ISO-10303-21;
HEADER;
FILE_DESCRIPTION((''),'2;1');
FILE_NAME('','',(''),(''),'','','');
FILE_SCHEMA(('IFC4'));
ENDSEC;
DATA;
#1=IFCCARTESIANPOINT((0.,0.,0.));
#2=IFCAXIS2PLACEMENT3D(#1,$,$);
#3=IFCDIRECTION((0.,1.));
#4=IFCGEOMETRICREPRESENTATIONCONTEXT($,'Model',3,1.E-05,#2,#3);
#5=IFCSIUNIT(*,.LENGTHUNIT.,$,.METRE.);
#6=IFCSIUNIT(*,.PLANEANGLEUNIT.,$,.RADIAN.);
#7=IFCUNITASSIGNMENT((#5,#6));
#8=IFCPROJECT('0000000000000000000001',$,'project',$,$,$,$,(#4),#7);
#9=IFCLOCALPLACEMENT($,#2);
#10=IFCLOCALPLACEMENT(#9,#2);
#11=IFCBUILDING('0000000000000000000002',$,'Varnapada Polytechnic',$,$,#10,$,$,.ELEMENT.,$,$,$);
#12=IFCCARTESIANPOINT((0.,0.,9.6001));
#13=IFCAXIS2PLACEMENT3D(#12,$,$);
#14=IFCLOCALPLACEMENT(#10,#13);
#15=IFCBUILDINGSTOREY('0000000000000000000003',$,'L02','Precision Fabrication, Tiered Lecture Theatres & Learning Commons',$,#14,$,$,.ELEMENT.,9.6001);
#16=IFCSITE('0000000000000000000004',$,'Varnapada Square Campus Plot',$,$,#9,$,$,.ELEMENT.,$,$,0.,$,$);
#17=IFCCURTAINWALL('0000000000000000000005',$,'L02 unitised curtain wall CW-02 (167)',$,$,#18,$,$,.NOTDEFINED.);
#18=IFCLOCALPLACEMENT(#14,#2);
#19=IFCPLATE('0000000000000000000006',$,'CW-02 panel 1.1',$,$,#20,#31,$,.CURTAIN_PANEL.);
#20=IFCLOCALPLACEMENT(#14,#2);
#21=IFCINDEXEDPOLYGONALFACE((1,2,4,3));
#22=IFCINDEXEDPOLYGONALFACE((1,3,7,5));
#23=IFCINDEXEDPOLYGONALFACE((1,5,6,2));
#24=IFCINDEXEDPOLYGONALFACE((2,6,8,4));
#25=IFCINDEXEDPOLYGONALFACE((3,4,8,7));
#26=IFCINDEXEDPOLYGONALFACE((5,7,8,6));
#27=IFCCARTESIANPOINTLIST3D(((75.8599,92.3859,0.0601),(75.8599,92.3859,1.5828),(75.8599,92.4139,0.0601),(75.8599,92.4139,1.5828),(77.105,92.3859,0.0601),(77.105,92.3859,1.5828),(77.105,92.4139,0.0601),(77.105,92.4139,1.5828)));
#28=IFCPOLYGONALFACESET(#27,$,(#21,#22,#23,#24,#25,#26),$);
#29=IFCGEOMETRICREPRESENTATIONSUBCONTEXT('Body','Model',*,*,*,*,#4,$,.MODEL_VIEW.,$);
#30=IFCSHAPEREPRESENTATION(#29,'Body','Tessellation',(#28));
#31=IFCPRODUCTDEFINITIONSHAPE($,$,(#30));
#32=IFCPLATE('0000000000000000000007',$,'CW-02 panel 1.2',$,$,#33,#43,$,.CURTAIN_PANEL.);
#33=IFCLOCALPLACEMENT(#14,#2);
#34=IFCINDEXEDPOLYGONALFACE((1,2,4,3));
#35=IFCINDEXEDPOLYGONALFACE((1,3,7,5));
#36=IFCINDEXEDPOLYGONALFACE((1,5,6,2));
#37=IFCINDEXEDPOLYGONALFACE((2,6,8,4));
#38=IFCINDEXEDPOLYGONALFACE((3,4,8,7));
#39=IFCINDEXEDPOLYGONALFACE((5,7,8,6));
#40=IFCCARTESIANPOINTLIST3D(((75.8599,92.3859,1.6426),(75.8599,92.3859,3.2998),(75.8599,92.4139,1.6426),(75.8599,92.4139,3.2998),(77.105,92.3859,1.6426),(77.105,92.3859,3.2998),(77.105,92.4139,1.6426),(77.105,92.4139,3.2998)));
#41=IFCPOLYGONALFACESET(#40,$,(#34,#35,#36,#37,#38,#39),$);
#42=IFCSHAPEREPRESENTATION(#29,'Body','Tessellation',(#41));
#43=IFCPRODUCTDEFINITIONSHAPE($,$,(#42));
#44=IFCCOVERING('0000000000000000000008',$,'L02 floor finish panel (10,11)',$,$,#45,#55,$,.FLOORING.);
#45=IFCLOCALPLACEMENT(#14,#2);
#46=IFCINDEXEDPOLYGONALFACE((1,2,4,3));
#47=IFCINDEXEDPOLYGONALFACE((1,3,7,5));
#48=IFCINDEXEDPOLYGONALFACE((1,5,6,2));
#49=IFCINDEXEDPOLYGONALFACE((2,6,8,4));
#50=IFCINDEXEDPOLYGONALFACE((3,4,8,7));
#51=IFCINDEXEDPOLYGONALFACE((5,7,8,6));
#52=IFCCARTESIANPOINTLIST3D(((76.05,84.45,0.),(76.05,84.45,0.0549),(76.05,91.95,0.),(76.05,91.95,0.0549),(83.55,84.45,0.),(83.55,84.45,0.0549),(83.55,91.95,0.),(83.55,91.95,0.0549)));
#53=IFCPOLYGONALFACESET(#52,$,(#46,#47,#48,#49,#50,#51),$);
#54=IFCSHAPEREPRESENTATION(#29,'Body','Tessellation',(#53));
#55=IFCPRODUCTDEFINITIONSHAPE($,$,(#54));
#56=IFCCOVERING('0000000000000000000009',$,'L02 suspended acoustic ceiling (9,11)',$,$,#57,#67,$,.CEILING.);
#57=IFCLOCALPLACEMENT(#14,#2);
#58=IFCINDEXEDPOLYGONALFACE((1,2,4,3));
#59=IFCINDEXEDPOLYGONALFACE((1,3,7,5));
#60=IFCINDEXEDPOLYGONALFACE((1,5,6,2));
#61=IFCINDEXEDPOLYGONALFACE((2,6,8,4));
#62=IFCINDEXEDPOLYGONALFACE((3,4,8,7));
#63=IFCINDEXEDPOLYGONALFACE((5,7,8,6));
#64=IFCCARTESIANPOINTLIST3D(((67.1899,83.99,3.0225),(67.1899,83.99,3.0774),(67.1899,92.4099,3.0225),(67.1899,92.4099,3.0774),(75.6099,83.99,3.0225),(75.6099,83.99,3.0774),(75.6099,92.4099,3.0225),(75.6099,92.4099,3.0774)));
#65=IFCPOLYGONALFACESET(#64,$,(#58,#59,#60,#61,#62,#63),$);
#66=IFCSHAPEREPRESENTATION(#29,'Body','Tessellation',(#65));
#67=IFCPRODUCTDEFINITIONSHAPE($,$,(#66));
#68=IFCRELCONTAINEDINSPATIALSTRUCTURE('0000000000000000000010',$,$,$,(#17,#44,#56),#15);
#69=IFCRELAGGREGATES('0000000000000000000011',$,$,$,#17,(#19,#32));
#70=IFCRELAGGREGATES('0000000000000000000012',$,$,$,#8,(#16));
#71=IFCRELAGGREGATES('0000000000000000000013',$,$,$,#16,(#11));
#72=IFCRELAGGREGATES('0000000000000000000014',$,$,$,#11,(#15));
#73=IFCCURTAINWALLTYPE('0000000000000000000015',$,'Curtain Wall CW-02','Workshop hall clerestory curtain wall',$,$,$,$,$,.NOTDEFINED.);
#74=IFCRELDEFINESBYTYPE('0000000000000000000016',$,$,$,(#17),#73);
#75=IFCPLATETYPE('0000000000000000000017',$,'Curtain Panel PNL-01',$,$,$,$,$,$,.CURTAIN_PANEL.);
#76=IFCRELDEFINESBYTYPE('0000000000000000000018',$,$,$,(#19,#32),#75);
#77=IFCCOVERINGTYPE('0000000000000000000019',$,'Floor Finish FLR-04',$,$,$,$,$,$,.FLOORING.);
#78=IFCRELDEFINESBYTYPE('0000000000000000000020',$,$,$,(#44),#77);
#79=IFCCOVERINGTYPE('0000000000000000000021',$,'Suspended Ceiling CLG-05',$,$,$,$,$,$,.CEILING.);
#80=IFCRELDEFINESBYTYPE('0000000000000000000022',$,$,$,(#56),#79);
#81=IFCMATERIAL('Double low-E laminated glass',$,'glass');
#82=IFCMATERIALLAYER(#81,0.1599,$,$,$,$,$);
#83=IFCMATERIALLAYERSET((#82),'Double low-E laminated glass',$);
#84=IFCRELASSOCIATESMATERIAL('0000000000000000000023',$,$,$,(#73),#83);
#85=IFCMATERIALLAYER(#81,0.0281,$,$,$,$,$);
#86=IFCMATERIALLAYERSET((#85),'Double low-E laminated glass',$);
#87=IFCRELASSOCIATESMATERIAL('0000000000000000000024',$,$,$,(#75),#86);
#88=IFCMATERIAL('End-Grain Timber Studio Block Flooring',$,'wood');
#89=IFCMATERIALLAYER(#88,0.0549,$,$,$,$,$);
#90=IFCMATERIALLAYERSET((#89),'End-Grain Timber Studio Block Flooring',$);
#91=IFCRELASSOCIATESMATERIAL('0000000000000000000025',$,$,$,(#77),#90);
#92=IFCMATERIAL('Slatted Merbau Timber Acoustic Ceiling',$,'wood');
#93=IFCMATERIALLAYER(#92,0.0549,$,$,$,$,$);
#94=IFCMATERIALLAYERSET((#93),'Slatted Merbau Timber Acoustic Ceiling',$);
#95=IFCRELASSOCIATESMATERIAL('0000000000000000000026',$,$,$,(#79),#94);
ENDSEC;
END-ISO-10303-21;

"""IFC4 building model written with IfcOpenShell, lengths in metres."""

from ifc_helpers import new_model, si_unit, direction, frame, origin, origin_2d, place, context, subcontext, project, spatial, rectangle, extrude, material, layer, layer_set, type_object, element, aggregate, save


model = new_model("IFC4")

# Units and contexts
model_context = context("Model", 3, precision=1e-05, world=origin(), true_north=direction((0.0, 1.0)))
body_context = subcontext(model_context, "Body", "Model", "MODEL_VIEW")
ifc_project = project(units=[si_unit("LENGTHUNIT", "METRE"), si_unit("PLANEANGLEUNIT", "RADIAN")], contexts=[model_context])

# Site, building, storey
site_placement = place(None, origin())
site = spatial("IfcSite", under=ifc_project, at=site_placement, Name="Varnapada Square Campus Plot", CompositionType="ELEMENT", RefElevation=0.0)
building_placement = place(site_placement, origin())
building = spatial("IfcBuilding", under=site, at=building_placement, Name="Varnapada Polytechnic", CompositionType="ELEMENT")
storey_placement = place(building_placement, frame((0.0, 0.0, 9.6001)))
storey = spatial("IfcBuildingStorey", under=building, at=storey_placement, Name="L02", Description="Precision Fabrication, Tiered Lecture Theatres & Learning Commons", CompositionType="ELEMENT", Elevation=9.6001)

# Curtain wall
ifc_material_1 = material(Name="Double low-E laminated glass", Category="glass")
ifc_layer_1 = layer(ifc_material_1, 0.1599)
ifc_layer_set_1 = layer_set([ifc_layer_1], Name="Double low-E laminated glass")
curtain_wall_type_1 = type_object("IfcCurtainWallType", Name="Curtain Wall CW-02", Description="Workshop hall clerestory curtain wall", PredefinedType="NOTDEFINED", material=ifc_layer_set_1)
curtain_wall_1_placement = place(storey_placement, origin())
curtain_wall_1 = element("IfcCurtainWall", 1, at=curtain_wall_1_placement, inside=storey, type_object=curtain_wall_type_1, Name="L02 unitised curtain wall CW-02 (167)", PredefinedType="NOTDEFINED")

# Plates
ifc_layer_2 = layer(ifc_material_1, 0.0281)
ifc_layer_set_2 = layer_set([ifc_layer_2], Name="Double low-E laminated glass")
plate_type = type_object("IfcPlateType", Name="Curtain Panel PNL-01", PredefinedType="CURTAIN_PANEL", material=ifc_layer_set_2)
plate_1_placement = place(storey_placement, frame((76.4824, 92.3999, 0.0601), z_axis=(0.0, 0.0, 1.0), x_axis=(1.0, 0.0, 0.0)))
plate_1 = element("IfcPlate", 2, at=plate_1_placement, type_object=plate_type, Name="CW-02 panel 1.1", PredefinedType="CURTAIN_PANEL", context=body_context, shape_type="SweptSolid", body=[
    extrude(rectangle(XDim=1.2451, YDim=0.0281, at=origin_2d()), origin(), (0.0, 0.0, 1.0), 1.5227),
])
plate_2_placement = place(storey_placement, frame((76.4824, 92.3999, 1.6426), z_axis=(0.0, 0.0, 1.0), x_axis=(1.0, 0.0, 0.0)))
plate_2 = element("IfcPlate", 3, at=plate_2_placement, type_object=plate_type, Name="CW-02 panel 1.2", PredefinedType="CURTAIN_PANEL", context=body_context, shape_type="SweptSolid", body=[
    extrude(rectangle(XDim=1.2451, YDim=0.0281, at=origin_2d()), origin(), (0.0, 0.0, 1.0), 1.6572),
])
aggregate(curtain_wall_1, [plate_1, plate_2])

# Coverings
ifc_material_2 = material(Name="End-Grain Timber Studio Block Flooring", Category="wood")
ifc_layer_3 = layer(ifc_material_2, 0.0549)
ifc_layer_set_3 = layer_set([ifc_layer_3], Name="End-Grain Timber Studio Block Flooring")
covering_type_1 = type_object("IfcCoveringType", Name="Floor Finish FLR-04", PredefinedType="FLOORING", material=ifc_layer_set_3)
covering_1_placement = place(storey_placement, frame((79.8, 88.2, 0.0), z_axis=(0.0, 0.0, 1.0), x_axis=(1.0, 0.0, 0.0)))
element("IfcCovering", 4, at=covering_1_placement, inside=storey, type_object=covering_type_1, Name="L02 floor finish panel (10,11)", PredefinedType="FLOORING", context=body_context, shape_type="SweptSolid", body=[
    extrude(rectangle(XDim=7.5, YDim=7.5, at=origin_2d()), origin(), (0.0, 0.0, 1.0), 0.0549),
])
ifc_material_3 = material(Name="Slatted Merbau Timber Acoustic Ceiling", Category="wood")
ifc_layer_4 = layer(ifc_material_3, 0.0549)
ifc_layer_set_4 = layer_set([ifc_layer_4], Name="Slatted Merbau Timber Acoustic Ceiling")
covering_type_2 = type_object("IfcCoveringType", Name="Suspended Ceiling CLG-05", PredefinedType="CEILING", material=ifc_layer_set_4)
covering_2_placement = place(storey_placement, frame((71.3999, 88.2, 3.0225), z_axis=(0.0, 0.0, 1.0), x_axis=(1.0, 0.0, 0.0)))
element("IfcCovering", 5, at=covering_2_placement, inside=storey, type_object=covering_type_2, Name="L02 suspended acoustic ceiling (9,11)", PredefinedType="CEILING", context=body_context, shape_type="SweptSolid", body=[
    extrude(rectangle(XDim=8.4199, YDim=8.4199, at=origin_2d()), origin(), (0.0, 0.0, 1.0), 0.0549),
])

save(model, "model.ifc")
